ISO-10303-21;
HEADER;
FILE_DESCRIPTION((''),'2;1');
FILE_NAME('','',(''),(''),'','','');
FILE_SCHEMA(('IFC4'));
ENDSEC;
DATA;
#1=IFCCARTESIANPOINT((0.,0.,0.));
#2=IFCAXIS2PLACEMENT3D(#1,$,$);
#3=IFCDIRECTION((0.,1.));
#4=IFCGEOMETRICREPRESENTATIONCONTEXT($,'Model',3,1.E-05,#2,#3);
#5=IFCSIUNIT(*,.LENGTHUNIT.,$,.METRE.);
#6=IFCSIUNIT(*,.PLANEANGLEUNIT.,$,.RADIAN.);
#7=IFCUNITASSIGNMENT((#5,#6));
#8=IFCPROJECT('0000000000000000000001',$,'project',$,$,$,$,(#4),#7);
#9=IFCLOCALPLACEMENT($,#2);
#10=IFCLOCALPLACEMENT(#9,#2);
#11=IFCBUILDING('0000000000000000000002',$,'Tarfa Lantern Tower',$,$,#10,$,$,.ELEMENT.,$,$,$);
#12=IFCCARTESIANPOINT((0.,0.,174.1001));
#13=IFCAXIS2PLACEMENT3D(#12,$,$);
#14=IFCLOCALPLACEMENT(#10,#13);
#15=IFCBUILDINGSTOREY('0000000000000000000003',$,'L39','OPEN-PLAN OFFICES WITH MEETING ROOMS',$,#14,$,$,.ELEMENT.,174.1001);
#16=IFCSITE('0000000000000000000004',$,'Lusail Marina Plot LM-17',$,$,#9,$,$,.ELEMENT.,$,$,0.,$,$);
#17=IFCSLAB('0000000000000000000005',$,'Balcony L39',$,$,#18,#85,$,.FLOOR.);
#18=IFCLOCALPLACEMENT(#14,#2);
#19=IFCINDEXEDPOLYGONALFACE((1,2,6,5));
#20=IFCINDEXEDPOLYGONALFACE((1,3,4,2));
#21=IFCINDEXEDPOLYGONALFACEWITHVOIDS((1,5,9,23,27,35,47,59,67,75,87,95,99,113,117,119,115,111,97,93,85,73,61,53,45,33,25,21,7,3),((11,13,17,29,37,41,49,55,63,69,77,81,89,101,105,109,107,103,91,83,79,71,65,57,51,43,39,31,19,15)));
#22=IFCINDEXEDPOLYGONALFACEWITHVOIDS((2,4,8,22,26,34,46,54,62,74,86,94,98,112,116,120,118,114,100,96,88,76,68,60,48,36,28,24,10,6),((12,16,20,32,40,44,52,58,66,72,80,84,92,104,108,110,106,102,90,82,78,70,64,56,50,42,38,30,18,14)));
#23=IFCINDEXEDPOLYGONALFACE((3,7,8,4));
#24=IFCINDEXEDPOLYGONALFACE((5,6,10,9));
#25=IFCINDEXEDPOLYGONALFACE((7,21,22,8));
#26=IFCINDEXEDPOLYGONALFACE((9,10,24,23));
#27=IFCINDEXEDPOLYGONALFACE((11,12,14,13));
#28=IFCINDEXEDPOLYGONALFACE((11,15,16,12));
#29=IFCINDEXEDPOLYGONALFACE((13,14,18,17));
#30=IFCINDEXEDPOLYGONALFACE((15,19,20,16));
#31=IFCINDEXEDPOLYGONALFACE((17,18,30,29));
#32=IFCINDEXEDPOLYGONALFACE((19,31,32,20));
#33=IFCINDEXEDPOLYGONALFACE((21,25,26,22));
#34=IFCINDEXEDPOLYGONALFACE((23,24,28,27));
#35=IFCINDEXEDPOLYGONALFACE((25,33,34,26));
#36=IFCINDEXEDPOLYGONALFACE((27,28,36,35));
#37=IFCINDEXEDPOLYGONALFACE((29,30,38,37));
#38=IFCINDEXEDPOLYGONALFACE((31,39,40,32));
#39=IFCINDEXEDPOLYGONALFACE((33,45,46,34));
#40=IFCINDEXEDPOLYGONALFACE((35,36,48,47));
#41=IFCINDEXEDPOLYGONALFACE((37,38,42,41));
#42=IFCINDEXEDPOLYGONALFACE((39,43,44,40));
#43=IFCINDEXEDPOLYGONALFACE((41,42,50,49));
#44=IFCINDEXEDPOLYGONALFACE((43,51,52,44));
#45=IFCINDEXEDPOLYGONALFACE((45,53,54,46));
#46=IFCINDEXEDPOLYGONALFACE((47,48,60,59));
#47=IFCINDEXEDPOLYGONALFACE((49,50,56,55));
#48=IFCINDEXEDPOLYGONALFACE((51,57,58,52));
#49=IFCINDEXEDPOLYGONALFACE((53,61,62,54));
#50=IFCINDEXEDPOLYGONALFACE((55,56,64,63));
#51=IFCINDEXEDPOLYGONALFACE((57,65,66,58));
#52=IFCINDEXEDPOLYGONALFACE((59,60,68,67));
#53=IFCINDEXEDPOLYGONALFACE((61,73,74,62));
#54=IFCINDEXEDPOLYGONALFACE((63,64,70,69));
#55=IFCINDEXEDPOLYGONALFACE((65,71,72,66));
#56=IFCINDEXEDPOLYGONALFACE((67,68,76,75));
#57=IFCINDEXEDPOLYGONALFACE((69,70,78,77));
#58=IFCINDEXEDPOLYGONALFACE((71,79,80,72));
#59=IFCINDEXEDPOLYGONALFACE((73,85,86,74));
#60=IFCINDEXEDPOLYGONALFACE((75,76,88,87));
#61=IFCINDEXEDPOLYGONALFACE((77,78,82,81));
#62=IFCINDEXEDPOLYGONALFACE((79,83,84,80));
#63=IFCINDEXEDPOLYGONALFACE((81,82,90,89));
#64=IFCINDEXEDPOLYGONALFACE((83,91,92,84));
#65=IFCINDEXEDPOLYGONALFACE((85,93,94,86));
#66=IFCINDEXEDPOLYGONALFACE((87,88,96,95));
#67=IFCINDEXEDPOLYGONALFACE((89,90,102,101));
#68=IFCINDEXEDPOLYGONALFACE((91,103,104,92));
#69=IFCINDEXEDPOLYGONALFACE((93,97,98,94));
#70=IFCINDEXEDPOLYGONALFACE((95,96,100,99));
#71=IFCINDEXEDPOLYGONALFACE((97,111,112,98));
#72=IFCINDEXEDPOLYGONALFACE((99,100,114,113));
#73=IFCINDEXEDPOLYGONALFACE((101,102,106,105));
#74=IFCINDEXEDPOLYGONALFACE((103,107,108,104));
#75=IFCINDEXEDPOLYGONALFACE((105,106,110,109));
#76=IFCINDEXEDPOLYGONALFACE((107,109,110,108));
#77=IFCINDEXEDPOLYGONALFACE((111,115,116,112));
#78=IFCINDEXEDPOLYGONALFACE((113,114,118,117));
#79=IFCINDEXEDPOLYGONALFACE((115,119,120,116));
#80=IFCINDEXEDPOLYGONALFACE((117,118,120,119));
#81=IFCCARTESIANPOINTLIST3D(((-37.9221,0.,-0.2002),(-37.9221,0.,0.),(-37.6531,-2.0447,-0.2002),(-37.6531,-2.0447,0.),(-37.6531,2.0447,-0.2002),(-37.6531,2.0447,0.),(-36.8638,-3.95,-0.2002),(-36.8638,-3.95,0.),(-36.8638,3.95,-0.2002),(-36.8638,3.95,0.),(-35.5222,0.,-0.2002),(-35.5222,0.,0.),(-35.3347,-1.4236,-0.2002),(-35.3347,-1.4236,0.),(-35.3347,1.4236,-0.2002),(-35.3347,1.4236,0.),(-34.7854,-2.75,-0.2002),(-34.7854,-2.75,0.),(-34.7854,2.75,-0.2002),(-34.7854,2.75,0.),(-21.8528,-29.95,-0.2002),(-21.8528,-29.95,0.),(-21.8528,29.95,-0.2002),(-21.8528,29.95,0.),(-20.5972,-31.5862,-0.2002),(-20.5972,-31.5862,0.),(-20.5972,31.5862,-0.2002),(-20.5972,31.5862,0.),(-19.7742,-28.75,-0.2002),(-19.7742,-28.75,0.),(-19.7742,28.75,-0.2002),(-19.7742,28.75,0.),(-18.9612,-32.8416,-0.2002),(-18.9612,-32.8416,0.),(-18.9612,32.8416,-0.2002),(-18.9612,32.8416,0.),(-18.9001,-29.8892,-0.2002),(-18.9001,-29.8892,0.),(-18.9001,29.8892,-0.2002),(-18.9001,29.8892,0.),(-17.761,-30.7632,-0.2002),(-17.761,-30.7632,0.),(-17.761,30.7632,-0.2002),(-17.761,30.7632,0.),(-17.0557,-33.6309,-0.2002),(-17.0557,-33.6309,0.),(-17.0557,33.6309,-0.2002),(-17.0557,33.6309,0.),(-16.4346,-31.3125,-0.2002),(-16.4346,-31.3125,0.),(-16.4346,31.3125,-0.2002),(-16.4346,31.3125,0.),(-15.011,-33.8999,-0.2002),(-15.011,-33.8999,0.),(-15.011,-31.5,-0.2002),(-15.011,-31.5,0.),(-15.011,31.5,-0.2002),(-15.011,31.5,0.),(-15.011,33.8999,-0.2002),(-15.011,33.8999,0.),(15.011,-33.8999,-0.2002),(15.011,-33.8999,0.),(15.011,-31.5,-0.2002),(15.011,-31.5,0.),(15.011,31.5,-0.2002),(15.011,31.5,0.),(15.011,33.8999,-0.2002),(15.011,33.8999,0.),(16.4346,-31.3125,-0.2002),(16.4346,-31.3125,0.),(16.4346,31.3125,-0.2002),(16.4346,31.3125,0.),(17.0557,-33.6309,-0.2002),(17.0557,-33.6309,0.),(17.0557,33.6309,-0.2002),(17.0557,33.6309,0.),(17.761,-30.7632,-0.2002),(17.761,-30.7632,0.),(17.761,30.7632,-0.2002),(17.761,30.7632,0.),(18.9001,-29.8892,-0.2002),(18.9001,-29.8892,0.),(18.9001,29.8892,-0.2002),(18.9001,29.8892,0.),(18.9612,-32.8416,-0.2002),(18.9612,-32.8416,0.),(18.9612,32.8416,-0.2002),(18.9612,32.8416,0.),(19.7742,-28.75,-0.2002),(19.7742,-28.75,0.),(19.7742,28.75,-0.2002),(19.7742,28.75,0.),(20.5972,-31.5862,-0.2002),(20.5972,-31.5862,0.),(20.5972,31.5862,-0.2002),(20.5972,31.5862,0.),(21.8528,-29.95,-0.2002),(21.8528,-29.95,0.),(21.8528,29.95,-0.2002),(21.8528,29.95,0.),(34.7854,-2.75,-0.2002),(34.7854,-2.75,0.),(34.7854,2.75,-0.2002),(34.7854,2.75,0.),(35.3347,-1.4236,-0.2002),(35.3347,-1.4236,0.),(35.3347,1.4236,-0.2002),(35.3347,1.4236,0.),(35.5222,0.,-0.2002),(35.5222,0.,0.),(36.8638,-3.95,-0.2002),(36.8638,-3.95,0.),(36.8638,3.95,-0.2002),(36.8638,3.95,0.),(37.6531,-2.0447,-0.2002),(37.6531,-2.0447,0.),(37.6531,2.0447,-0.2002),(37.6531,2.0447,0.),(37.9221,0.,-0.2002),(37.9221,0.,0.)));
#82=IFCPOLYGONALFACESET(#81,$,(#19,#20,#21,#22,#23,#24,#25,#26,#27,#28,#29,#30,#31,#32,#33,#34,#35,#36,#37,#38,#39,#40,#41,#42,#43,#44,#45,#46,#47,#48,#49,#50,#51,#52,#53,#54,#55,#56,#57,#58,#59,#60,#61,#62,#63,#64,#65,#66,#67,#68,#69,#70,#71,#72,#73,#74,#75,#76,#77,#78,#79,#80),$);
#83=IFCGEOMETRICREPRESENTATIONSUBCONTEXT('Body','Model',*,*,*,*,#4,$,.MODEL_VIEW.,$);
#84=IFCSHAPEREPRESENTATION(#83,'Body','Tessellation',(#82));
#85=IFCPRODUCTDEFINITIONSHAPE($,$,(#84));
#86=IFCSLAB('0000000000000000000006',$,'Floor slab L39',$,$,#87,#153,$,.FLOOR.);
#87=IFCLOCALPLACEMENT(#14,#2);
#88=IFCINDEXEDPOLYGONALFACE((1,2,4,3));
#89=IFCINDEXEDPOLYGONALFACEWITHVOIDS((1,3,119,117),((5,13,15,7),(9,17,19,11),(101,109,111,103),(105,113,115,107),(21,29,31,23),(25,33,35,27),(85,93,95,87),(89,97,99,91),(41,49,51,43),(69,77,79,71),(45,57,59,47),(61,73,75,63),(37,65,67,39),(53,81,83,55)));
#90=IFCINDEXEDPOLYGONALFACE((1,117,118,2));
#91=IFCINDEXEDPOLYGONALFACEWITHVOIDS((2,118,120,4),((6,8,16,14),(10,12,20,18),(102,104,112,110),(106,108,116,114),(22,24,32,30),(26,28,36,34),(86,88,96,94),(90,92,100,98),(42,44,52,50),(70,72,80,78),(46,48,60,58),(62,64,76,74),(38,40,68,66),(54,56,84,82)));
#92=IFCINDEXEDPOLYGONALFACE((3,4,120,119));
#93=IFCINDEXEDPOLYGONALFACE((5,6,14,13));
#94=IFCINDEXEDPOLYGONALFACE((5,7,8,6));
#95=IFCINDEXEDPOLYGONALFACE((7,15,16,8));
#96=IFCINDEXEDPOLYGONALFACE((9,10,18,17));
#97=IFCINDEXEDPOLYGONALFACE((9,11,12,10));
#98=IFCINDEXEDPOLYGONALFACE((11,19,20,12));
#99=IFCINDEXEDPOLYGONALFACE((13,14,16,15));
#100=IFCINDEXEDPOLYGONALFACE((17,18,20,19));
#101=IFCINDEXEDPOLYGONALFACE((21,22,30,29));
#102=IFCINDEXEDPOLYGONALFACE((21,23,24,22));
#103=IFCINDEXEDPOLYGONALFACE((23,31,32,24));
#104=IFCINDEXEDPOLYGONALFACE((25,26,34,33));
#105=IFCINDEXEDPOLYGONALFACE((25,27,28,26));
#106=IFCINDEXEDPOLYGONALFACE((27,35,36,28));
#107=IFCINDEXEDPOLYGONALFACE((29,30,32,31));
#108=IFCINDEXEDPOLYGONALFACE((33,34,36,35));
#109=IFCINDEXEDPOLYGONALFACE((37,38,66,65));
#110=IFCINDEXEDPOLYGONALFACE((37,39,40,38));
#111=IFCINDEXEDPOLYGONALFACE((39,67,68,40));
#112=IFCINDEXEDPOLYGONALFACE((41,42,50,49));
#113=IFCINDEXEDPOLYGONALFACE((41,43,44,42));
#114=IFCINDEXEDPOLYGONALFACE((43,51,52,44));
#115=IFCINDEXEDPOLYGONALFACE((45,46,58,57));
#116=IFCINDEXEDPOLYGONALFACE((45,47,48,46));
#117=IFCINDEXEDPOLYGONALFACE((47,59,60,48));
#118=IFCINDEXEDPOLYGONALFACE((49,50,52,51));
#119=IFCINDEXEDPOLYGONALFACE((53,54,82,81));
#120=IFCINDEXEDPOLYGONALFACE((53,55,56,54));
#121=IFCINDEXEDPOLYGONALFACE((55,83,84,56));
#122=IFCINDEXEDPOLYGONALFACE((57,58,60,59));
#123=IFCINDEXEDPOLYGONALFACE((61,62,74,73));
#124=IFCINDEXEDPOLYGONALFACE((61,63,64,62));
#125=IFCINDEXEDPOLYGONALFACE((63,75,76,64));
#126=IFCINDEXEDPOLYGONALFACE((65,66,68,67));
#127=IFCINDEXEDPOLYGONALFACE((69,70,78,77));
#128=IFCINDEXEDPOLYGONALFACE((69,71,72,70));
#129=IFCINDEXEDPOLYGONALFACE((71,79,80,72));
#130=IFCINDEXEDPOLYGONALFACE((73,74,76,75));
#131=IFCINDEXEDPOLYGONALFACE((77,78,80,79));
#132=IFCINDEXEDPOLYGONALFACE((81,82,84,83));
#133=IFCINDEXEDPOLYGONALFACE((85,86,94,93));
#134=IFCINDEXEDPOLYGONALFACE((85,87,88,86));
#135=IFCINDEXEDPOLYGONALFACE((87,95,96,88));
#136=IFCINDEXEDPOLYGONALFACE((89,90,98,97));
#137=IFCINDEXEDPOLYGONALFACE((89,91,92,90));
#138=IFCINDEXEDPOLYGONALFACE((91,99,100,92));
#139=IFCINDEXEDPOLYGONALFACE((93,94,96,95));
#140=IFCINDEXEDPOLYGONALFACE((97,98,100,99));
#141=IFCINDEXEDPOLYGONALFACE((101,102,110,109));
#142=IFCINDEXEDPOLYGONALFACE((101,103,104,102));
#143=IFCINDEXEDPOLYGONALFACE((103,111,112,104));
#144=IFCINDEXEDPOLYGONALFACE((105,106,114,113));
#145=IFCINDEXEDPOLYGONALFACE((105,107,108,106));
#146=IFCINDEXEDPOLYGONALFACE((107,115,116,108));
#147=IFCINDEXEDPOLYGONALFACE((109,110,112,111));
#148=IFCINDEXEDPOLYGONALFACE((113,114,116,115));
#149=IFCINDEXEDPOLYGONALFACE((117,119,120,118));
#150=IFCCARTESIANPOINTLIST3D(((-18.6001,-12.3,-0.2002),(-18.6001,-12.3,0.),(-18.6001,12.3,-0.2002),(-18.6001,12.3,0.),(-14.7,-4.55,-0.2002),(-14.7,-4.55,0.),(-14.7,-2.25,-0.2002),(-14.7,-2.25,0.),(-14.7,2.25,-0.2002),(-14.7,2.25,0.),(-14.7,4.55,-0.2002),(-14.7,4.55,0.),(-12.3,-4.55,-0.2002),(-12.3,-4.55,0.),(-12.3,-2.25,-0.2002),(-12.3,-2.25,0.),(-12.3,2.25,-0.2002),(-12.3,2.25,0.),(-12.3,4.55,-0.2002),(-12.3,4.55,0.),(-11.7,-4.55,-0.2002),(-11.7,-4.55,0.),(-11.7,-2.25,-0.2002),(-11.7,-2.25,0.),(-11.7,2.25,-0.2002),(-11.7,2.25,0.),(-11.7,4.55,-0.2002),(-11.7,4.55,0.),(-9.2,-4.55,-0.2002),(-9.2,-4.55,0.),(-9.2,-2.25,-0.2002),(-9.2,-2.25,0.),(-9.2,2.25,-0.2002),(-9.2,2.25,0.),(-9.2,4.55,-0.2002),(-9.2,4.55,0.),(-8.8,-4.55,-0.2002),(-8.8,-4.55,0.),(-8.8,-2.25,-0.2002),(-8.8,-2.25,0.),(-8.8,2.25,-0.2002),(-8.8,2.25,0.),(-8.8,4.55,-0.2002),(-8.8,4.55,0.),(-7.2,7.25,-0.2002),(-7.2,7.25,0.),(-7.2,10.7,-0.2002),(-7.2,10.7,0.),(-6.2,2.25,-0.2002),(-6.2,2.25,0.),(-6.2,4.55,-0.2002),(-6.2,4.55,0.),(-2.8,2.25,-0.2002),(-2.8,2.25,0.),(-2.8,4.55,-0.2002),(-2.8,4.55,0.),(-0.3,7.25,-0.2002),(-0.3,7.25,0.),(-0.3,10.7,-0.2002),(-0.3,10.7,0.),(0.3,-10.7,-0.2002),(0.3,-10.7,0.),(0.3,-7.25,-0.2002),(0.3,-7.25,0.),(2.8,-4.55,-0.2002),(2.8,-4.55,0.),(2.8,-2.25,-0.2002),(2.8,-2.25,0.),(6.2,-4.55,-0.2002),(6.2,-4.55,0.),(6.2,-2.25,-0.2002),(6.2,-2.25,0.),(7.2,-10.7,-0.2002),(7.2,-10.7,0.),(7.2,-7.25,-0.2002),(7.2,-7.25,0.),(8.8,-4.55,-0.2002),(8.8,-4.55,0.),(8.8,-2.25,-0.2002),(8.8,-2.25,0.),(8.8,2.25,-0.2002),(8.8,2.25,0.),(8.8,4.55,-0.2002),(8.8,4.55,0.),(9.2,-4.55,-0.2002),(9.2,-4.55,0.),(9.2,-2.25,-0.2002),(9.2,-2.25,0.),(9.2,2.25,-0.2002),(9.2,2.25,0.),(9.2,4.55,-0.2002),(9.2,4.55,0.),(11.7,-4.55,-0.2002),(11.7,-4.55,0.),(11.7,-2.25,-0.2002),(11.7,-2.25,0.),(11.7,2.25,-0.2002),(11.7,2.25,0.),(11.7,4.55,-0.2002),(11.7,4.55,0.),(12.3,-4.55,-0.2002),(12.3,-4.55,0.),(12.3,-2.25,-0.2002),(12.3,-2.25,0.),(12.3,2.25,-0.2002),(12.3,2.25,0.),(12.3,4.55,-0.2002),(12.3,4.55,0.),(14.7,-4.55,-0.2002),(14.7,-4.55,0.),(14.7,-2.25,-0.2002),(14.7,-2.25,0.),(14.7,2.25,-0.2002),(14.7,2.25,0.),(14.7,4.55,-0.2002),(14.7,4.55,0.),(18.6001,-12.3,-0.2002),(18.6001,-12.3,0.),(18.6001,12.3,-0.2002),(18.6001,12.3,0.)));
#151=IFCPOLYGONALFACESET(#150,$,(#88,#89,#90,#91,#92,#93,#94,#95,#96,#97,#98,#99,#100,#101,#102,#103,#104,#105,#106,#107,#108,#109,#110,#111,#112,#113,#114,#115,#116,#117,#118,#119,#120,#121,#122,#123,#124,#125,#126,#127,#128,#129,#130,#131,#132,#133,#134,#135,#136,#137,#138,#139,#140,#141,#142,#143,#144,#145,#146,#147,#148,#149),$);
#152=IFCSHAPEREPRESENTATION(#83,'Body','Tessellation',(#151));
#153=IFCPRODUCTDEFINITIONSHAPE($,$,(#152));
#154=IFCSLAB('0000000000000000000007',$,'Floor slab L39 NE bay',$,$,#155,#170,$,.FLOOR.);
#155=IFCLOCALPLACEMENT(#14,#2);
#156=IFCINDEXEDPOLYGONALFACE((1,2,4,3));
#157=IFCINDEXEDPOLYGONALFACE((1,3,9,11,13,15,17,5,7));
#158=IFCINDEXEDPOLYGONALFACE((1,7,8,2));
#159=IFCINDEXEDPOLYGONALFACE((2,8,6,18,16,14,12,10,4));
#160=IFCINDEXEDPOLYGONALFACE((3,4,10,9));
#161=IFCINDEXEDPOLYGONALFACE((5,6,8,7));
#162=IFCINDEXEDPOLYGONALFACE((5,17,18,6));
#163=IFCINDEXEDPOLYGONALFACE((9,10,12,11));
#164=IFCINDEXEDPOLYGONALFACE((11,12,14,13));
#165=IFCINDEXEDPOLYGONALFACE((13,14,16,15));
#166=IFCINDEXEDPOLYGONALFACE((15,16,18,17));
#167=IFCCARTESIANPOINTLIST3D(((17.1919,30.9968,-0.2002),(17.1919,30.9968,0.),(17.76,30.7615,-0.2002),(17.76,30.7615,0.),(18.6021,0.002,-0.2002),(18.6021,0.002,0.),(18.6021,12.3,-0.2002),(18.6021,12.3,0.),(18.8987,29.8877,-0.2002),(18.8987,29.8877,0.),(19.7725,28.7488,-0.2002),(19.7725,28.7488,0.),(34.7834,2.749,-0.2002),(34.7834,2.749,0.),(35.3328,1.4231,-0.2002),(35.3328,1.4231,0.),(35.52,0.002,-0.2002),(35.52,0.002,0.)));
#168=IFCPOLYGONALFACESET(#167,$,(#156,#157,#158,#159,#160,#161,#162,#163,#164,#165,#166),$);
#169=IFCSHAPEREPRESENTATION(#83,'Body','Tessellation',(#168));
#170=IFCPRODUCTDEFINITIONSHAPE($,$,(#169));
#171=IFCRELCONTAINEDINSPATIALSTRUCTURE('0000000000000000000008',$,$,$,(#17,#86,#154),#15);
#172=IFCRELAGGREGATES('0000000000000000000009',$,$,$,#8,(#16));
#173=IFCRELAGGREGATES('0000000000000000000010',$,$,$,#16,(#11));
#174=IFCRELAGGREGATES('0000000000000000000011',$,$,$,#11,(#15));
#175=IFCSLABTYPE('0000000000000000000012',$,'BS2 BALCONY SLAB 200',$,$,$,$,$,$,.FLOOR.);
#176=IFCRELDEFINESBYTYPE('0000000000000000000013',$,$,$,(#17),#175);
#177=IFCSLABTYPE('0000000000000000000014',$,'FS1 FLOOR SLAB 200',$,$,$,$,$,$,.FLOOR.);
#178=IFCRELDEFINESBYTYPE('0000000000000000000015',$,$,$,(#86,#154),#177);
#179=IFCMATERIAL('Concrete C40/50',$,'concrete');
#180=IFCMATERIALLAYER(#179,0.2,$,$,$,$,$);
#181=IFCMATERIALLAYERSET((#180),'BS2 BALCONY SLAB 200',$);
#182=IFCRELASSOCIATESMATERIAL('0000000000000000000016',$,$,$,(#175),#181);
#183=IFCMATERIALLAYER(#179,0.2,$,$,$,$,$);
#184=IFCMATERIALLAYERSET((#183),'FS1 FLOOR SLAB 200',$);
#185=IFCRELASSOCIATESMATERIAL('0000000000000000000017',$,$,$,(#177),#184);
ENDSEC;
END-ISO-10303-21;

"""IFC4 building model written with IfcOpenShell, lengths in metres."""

from ifc_helpers import new_model, si_unit, direction, frame, origin, place, context, subcontext, project, spatial, polyline, outline, extrude, material, layer, layer_set, type_object, element, save


model = new_model("IFC4")

# Units and contexts
model_context = context("Model", 3, precision=1e-05, world=origin(), true_north=direction((0.0, 1.0)))
body_context = subcontext(model_context, "Body", "Model", "MODEL_VIEW")
ifc_project = project(units=[si_unit("LENGTHUNIT", "METRE"), si_unit("PLANEANGLEUNIT", "RADIAN")], contexts=[model_context])

# Site, building, storey
site_placement = place(None, origin())
site = spatial("IfcSite", under=ifc_project, at=site_placement, Name="Lusail Marina Plot LM-17", CompositionType="ELEMENT", RefElevation=0.0)
building_placement = place(site_placement, origin())
building = spatial("IfcBuilding", under=site, at=building_placement, Name="Tarfa Lantern Tower", CompositionType="ELEMENT")
storey_placement = place(building_placement, frame((0.0, 0.0, 174.1001)))
storey = spatial("IfcBuildingStorey", under=building, at=storey_placement, Name="L39", Description="OPEN-PLAN OFFICES WITH MEETING ROOMS", CompositionType="ELEMENT", Elevation=174.1001)

# Slabs
ifc_material_1 = material(Name="Concrete C40/50", Category="concrete")
ifc_layer_1 = layer(ifc_material_1, 0.2)
ifc_layer_set_1 = layer_set([ifc_layer_1], Name="BS2 BALCONY SLAB 200")
slab_type_1 = type_object("IfcSlabType", Name="BS2 BALCONY SLAB 200", PredefinedType="FLOOR", material=ifc_layer_set_1)
slab_1_placement = place(storey_placement, frame((0.0, 0.0, -0.2002)))
element("IfcSlab", 1, at=slab_1_placement, inside=storey, type_object=slab_type_1, Name="Balcony L39", PredefinedType="FLOOR", context=body_context, shape_type="SweptSolid", body=[
    extrude(outline(polyline([(36.8638, 3.95), (21.8528, 29.95), (20.5972, 31.5862), (18.9612, 32.8416), (17.0557, 33.6309), (15.011, 33.8999), (-15.011, 33.8999), (-17.0557, 33.6309), (-18.9612, 32.8416), (-20.5972, 31.5862), (-21.8528, 29.95), (-36.8638, 3.95), (-37.6531, 2.0447), (-37.9221, 0.0), (-37.6531, -2.0447), (-36.8638, -3.95), (-21.8528, -29.95), (-20.5972, -31.5862), (-18.9612, -32.8416), (-17.0557, -33.6309), (-15.011, -33.8999), (15.011, -33.8999), (17.0557, -33.6309), (18.9612, -32.8416), (20.5972, -31.5862), (21.8528, -29.95), (36.8638, -3.95), (37.6531, -2.0447), (37.9221, 0.0), (37.6531, 2.0447), (36.8638, 3.95)]), holes=[polyline([(34.7854, 2.75), (19.7742, 28.75), (18.9001, 29.8892), (17.761, 30.7632), (16.4346, 31.3125), (15.011, 31.5), (-15.011, 31.5), (-16.4346, 31.3125), (-17.761, 30.7632), (-18.9001, 29.8892), (-19.7742, 28.75), (-34.7854, 2.75), (-35.3347, 1.4236), (-35.5222, 0.0), (-35.3347, -1.4236), (-34.7854, -2.75), (-19.7742, -28.75), (-18.9001, -29.8892), (-17.761, -30.7632), (-16.4346, -31.3125), (-15.011, -31.5), (15.011, -31.5), (16.4346, -31.3125), (17.761, -30.7632), (18.9001, -29.8892), (19.7742, -28.75), (34.7854, -2.75), (35.3347, -1.4236), (35.5222, 0.0), (35.3347, 1.4236), (34.7854, 2.75)])]), origin(), (0.0, 0.0, 1.0), 0.2002),
])
ifc_layer_2 = layer(ifc_material_1, 0.2)
ifc_layer_set_2 = layer_set([ifc_layer_2], Name="FS1 FLOOR SLAB 200")
slab_type_2 = type_object("IfcSlabType", Name="FS1 FLOOR SLAB 200", PredefinedType="FLOOR", material=ifc_layer_set_2)
slab_2_placement = place(storey_placement, frame((0.0, 0.0, -0.2002)))
element("IfcSlab", 2, at=slab_2_placement, inside=storey, type_object=slab_type_2, Name="Floor slab L39", PredefinedType="FLOOR", context=body_context, shape_type="SweptSolid", body=[
    extrude(outline(polyline([(-18.6001, -12.3), (18.6001, -12.3), (18.6001, 12.3), (-18.6001, 12.3), (-18.6001, -12.3)]), holes=[polyline([(-14.7, 2.25), (-12.3, 2.25), (-12.3, 4.55), (-14.7, 4.55), (-14.7, 2.25)]), polyline([(-11.7, 2.25), (-9.2, 2.25), (-9.2, 4.55), (-11.7, 4.55), (-11.7, 2.25)]), polyline([(-8.8, 2.25), (-6.2, 2.25), (-6.2, 4.55), (-8.8, 4.55), (-8.8, 2.25)]), polyline([(-2.8, 2.25), (8.8, 2.25), (8.8, 4.55), (-2.8, 4.55), (-2.8, 2.25)]), polyline([(9.2, 2.25), (11.7, 2.25), (11.7, 4.55), (9.2, 4.55), (9.2, 2.25)]), polyline([(12.3, 2.25), (14.7, 2.25), (14.7, 4.55), (12.3, 4.55), (12.3, 2.25)]), polyline([(14.7, -2.25), (12.3, -2.25), (12.3, -4.55), (14.7, -4.55), (14.7, -2.25)]), polyline([(11.7, -2.25), (9.2, -2.25), (9.2, -4.55), (11.7, -4.55), (11.7, -2.25)]), polyline([(8.8, -2.25), (6.2, -2.25), (6.2, -4.55), (8.8, -4.55), (8.8, -2.25)]), polyline([(2.8, -2.25), (-8.8, -2.25), (-8.8, -4.55), (2.8, -4.55), (2.8, -2.25)]), polyline([(-9.2, -2.25), (-11.7, -2.25), (-11.7, -4.55), (-9.2, -4.55), (-9.2, -2.25)]), polyline([(-12.3, -2.25), (-14.7, -2.25), (-14.7, -4.55), (-12.3, -4.55), (-12.3, -2.25)]), polyline([(-7.2, 7.25), (-0.3, 7.25), (-0.3, 10.7), (-7.2, 10.7), (-7.2, 7.25)]), polyline([(7.2, -7.25), (0.3, -7.25), (0.3, -10.7), (7.2, -10.7), (7.2, -7.25)])]), origin(), (0.0, 0.0, 1.0), 0.2002),
])
slab_3_placement = place(storey_placement, frame((0.0, 0.0, -0.2002)))
element("IfcSlab", 3, at=slab_3_placement, inside=storey, type_object=slab_type_2, Name="Floor slab L39 NE bay", PredefinedType="FLOOR", context=body_context, shape_type="SweptSolid", body=[
    extrude(outline(polyline([(34.7834, 2.749), (19.7725, 28.7488), (18.8987, 29.8877), (17.76, 30.7615), (17.1919, 30.9968), (18.6021, 12.3), (18.6021, 0.002), (35.52, 0.002), (35.3328, 1.4231), (34.7834, 2.749)])), origin(), (0.0, 0.0, 1.0), 0.2002),
])

save(model, "model.ifc")
